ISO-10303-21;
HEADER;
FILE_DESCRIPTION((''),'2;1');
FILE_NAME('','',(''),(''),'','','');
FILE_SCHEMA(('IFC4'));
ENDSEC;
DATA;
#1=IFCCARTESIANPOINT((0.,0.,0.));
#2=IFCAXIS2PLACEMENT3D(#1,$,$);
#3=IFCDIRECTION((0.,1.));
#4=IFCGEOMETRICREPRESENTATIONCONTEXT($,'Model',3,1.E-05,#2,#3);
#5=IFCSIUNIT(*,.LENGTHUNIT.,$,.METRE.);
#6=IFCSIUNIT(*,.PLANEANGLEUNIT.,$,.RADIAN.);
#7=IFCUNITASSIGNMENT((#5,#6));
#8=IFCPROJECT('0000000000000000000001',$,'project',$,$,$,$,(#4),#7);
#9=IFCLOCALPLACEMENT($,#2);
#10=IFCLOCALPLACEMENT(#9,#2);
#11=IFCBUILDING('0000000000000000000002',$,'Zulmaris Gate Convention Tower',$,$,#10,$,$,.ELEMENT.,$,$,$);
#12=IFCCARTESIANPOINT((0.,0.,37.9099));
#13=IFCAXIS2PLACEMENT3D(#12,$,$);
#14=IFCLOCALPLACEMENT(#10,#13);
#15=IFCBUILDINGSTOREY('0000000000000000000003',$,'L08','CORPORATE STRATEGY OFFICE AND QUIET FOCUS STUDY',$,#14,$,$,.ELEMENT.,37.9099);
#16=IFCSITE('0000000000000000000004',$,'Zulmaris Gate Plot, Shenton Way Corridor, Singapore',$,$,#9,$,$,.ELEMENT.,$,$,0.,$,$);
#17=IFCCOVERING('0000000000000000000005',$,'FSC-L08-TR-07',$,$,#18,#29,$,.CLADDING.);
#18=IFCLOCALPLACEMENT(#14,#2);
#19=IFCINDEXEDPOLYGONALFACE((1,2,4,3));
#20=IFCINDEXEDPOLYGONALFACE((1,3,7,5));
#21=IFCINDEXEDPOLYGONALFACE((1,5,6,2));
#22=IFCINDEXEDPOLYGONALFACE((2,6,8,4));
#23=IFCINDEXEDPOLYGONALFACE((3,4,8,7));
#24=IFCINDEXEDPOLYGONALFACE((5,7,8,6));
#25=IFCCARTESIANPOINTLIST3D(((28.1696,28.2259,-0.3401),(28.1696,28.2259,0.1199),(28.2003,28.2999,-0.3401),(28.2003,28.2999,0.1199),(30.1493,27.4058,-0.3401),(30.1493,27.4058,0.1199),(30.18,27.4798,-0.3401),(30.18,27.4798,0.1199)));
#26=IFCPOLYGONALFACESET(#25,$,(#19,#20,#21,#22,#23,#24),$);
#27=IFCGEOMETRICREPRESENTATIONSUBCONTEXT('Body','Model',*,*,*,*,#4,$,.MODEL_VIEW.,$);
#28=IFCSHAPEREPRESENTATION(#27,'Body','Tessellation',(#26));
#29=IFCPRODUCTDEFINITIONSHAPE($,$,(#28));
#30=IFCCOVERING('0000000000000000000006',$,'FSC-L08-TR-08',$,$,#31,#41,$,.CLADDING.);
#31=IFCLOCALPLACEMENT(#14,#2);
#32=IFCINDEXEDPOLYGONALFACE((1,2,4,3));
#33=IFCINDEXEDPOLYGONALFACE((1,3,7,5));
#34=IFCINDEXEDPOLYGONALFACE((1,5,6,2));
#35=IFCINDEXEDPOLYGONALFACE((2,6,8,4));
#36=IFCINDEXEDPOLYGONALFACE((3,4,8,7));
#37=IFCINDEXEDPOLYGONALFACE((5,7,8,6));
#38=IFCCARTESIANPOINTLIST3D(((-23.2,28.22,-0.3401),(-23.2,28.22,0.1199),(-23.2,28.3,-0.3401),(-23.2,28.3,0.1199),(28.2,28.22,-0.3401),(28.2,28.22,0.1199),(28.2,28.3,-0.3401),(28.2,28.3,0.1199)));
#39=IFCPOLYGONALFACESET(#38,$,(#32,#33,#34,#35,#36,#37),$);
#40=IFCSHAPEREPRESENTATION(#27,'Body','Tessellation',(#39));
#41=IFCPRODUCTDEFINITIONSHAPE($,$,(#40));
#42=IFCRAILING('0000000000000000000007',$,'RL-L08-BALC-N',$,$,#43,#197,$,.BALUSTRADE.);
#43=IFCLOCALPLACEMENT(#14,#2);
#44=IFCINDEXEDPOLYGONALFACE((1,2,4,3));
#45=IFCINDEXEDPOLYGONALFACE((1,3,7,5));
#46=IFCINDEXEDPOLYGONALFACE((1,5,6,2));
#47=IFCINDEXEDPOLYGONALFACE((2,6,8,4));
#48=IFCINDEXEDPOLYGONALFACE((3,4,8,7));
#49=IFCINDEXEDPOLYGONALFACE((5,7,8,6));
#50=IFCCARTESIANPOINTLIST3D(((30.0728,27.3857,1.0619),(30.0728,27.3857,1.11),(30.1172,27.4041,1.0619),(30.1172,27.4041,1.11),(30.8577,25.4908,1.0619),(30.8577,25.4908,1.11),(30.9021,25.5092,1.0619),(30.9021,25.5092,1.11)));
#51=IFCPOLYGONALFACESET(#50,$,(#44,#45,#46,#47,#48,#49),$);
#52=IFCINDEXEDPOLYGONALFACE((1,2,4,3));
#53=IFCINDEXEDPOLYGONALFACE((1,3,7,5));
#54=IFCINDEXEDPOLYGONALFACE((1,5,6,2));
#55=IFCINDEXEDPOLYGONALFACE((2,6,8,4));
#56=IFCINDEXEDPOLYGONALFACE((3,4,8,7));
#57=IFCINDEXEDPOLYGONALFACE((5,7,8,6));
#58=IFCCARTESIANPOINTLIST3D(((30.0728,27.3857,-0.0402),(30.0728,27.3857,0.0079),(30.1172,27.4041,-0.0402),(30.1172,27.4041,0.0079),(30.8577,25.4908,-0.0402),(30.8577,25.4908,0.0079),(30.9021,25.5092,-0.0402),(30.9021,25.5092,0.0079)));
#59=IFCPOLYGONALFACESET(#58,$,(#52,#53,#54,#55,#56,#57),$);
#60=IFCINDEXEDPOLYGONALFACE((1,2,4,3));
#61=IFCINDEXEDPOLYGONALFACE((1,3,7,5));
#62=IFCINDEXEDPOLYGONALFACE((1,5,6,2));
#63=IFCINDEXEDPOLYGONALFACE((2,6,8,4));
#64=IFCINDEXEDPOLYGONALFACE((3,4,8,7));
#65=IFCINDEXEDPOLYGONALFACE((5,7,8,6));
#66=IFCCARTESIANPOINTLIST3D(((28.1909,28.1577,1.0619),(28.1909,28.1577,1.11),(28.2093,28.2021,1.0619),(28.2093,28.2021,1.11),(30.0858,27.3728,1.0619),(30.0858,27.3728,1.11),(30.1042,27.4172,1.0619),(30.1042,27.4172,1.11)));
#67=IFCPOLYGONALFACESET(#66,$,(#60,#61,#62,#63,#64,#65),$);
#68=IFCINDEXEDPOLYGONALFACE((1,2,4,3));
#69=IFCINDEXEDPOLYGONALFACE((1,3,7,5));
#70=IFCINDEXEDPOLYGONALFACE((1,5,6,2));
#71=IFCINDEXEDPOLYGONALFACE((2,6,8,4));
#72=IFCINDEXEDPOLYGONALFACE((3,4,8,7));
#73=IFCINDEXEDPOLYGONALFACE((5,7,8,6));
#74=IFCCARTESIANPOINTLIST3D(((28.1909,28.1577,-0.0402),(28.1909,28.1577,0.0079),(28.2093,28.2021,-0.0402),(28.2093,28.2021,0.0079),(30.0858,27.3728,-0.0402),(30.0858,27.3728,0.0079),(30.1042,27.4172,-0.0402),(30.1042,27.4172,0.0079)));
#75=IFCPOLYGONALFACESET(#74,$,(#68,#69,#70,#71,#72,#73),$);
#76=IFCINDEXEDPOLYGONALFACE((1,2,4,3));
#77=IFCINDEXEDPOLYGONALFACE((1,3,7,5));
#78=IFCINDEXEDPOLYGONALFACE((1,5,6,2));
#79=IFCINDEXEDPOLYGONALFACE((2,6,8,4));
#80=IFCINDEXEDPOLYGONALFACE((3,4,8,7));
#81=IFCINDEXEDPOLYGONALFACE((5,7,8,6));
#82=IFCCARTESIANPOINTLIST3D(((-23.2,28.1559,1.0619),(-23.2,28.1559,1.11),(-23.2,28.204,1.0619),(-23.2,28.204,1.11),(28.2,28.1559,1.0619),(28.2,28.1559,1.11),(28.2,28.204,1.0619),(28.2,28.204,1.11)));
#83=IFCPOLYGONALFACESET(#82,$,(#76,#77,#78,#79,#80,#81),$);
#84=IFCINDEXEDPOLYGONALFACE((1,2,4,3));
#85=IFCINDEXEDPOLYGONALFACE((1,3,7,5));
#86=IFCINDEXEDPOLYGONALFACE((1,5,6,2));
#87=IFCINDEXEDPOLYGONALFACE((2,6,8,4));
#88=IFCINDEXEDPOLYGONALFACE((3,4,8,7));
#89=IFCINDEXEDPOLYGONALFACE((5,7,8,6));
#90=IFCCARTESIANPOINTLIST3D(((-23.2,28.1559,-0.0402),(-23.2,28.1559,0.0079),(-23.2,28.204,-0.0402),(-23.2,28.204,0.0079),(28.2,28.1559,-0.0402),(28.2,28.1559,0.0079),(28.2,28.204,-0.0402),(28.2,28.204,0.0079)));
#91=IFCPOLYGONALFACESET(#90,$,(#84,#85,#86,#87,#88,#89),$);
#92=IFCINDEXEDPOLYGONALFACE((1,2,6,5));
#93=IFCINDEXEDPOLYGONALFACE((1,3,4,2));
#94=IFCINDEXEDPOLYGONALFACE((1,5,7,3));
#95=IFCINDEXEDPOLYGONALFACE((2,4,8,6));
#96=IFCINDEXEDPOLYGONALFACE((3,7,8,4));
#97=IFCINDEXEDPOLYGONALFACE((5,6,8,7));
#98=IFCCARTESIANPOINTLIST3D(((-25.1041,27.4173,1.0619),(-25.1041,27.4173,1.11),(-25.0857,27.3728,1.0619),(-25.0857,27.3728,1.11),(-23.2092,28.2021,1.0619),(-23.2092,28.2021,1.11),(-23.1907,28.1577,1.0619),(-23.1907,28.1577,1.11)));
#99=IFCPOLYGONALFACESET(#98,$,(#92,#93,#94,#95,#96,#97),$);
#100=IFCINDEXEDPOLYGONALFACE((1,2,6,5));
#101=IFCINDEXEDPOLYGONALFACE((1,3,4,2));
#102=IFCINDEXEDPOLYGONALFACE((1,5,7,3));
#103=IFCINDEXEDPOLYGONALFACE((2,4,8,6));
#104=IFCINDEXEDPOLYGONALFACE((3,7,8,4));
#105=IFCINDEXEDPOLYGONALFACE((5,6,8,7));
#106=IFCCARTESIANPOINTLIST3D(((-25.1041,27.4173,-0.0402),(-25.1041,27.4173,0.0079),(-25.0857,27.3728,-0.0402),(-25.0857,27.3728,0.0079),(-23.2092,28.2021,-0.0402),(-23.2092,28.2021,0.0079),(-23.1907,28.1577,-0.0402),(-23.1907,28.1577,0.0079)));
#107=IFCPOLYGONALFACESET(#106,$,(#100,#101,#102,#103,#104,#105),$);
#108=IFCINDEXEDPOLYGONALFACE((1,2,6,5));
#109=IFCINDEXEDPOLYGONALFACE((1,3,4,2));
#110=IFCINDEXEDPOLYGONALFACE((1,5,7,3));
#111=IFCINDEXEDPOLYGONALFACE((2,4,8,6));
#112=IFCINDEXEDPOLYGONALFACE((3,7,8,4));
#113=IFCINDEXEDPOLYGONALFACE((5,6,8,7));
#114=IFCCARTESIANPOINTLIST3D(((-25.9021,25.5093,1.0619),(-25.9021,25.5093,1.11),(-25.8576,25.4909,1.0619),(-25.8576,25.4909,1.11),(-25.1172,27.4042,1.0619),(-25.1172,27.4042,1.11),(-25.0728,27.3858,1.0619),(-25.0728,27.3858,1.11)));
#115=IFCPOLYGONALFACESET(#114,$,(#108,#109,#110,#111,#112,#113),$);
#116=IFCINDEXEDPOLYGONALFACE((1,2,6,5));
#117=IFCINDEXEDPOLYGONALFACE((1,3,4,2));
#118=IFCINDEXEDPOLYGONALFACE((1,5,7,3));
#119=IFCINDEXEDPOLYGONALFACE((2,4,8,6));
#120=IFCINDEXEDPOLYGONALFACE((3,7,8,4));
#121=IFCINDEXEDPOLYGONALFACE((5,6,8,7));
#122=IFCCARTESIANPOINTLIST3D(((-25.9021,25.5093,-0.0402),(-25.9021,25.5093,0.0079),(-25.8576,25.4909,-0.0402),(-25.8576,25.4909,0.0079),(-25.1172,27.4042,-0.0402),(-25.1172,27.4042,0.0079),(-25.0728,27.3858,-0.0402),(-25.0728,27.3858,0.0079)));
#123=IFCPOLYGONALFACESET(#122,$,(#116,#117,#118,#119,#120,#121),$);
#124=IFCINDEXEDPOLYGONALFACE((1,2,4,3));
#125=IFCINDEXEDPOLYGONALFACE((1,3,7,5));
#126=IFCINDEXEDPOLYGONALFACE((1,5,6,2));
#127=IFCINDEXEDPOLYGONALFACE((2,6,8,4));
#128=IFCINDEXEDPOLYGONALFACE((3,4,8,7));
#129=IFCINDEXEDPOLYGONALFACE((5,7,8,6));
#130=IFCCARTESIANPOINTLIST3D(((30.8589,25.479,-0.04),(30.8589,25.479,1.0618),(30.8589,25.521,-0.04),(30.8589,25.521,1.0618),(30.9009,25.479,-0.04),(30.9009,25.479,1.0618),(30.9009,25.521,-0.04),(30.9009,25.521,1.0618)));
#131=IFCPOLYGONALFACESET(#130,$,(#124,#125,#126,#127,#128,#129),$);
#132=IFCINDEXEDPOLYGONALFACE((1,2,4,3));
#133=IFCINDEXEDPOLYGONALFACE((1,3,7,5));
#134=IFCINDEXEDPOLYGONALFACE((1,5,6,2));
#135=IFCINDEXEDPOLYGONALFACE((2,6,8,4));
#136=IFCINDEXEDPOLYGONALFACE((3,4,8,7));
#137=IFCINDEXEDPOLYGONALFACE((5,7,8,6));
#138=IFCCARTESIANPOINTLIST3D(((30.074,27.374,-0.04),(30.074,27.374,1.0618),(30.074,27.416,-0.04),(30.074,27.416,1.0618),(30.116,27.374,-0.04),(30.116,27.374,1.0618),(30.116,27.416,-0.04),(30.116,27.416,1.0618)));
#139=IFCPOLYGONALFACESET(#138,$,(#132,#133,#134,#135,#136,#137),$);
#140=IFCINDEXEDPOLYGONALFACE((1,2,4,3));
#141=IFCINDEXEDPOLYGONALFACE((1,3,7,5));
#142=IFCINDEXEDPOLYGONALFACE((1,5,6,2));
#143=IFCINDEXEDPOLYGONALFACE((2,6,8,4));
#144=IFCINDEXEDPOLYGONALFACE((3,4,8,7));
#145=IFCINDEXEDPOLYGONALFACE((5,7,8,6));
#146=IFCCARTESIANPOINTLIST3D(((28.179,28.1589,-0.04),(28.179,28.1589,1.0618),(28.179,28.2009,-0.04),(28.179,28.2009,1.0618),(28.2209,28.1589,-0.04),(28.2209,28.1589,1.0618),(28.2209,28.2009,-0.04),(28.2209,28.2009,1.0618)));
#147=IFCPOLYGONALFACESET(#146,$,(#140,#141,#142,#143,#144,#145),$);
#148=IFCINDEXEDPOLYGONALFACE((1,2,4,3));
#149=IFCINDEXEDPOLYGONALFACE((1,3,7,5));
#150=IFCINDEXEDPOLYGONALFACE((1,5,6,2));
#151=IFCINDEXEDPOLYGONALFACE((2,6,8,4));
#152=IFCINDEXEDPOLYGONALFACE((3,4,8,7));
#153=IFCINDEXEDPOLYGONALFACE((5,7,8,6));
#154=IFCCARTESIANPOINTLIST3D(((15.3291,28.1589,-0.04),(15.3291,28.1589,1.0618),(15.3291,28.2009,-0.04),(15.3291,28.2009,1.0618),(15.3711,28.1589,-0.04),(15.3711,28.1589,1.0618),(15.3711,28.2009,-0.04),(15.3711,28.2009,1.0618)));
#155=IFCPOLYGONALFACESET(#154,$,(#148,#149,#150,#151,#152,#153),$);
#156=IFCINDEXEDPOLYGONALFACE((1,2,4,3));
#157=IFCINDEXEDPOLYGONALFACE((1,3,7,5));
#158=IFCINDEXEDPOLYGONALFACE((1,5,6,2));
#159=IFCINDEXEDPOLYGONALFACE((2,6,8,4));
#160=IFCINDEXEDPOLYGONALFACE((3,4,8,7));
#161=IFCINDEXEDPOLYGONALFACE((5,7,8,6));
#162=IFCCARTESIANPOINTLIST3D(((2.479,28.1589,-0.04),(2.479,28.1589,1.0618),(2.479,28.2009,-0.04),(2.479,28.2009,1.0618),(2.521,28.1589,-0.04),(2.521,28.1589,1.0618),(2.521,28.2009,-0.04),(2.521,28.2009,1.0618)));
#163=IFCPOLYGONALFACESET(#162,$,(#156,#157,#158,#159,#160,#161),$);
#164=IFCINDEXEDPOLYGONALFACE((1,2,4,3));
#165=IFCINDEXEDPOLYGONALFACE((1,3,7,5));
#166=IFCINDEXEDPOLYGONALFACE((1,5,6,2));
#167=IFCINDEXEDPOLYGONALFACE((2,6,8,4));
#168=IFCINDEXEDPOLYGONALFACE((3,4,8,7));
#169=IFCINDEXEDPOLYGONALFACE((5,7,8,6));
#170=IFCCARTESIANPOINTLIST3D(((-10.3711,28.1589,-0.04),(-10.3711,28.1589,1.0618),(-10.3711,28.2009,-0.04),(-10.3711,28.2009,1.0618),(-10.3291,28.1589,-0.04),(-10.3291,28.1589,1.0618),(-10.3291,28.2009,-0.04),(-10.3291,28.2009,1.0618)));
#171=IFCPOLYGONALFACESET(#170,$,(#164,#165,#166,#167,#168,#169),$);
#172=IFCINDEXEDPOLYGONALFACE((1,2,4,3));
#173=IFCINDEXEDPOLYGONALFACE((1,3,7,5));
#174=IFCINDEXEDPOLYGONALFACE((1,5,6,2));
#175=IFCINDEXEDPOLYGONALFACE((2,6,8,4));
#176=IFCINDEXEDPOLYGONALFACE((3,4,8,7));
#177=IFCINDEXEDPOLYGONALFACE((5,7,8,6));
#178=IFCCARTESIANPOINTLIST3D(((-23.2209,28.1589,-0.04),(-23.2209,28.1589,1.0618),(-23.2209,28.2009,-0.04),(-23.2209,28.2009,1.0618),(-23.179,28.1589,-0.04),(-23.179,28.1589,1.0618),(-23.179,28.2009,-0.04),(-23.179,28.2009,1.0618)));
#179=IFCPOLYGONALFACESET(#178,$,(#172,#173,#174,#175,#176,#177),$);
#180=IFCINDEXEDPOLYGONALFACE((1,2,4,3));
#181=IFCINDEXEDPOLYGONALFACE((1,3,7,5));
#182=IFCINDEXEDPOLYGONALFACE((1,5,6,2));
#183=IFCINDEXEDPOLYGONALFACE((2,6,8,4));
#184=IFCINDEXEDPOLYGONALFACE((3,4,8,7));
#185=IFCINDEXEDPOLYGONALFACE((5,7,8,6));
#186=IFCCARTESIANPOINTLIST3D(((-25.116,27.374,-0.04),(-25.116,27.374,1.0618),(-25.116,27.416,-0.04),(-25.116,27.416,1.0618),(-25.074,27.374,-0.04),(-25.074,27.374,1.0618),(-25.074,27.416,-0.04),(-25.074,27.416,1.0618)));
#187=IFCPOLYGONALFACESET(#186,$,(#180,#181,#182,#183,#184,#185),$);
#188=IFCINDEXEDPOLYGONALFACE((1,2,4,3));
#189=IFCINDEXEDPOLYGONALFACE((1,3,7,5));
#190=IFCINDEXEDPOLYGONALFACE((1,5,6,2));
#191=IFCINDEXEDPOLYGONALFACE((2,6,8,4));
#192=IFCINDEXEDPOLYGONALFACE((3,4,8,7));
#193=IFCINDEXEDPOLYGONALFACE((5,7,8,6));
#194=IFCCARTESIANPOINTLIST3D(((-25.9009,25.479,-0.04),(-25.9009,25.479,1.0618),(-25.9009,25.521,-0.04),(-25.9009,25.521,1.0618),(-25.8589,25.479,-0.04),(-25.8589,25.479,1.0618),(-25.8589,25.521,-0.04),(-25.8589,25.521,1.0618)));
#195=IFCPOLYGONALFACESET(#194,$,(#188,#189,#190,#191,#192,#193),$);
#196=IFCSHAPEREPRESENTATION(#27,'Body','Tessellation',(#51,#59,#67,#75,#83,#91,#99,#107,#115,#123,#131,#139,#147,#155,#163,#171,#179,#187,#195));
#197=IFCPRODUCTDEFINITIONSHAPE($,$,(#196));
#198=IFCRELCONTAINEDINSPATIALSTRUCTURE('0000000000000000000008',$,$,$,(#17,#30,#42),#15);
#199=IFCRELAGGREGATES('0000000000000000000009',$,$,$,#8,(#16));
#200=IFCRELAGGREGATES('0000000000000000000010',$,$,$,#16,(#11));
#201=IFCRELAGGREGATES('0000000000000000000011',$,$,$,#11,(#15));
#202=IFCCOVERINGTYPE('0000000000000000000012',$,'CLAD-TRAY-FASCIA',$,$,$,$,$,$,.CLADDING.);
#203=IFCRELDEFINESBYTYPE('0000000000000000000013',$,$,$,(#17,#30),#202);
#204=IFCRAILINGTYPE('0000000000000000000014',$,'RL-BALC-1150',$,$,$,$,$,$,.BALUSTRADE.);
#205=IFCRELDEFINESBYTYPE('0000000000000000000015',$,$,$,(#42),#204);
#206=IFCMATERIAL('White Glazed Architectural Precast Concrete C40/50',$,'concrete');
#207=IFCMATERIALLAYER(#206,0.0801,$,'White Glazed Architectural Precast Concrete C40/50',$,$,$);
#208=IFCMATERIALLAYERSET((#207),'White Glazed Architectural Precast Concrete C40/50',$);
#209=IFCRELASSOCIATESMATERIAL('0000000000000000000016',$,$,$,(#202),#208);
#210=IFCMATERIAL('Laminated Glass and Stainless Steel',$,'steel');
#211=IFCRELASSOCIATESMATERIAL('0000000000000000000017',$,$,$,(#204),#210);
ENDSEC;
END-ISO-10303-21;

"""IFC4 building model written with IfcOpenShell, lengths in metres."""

from ifc_helpers import new_model, si_unit, direction, frame, frame_2d, origin, origin_2d, place, context, subcontext, project, spatial, rectangle, extrude, material, layer, layer_set, type_object, element, save


model = new_model("IFC4")

# Units and contexts
model_context = context("Model", 3, precision=1e-05, world=origin(), true_north=direction((0.0, 1.0)))
body_context = subcontext(model_context, "Body", "Model", "MODEL_VIEW")
ifc_project = project(units=[si_unit("LENGTHUNIT", "METRE"), si_unit("PLANEANGLEUNIT", "RADIAN")], contexts=[model_context])

# Site, building, storey
site_placement = place(None, origin())
site = spatial("IfcSite", under=ifc_project, at=site_placement, Name="Zulmaris Gate Plot, Shenton Way Corridor, Singapore", CompositionType="ELEMENT", RefElevation=0.0)
building_placement = place(site_placement, origin())
building = spatial("IfcBuilding", under=site, at=building_placement, Name="Zulmaris Gate Convention Tower", CompositionType="ELEMENT")
storey_placement = place(building_placement, frame((0.0, 0.0, 37.9099)))
storey = spatial("IfcBuildingStorey", under=building, at=storey_placement, Name="L08", Description="CORPORATE STRATEGY OFFICE AND QUIET FOCUS STUDY", CompositionType="ELEMENT", Elevation=37.9099)

# Coverings
ifc_material_1 = material(Name="White Glazed Architectural Precast Concrete C40/50", Category="concrete")
ifc_layer_1 = layer(ifc_material_1, 0.0801, Name="White Glazed Architectural Precast Concrete C40/50")
ifc_layer_set_1 = layer_set([ifc_layer_1], Name="White Glazed Architectural Precast Concrete C40/50")
covering_type_1 = type_object("IfcCoveringType", Name="CLAD-TRAY-FASCIA", PredefinedType="CLADDING", material=ifc_layer_set_1)
covering_1_placement = place(storey_placement, frame((30.1646, 27.4429, -0.3401), z_axis=(0.0, 0.0, 1.0), x_axis=(-0.923874, 0.382697, 0.0)))
element("IfcCovering", 1, at=covering_1_placement, inside=storey, type_object=covering_type_1, Name="FSC-L08-TR-07", PredefinedType="CLADDING", context=body_context, shape_type="SweptSolid", body=[
    extrude(rectangle(XDim=2.1428, YDim=0.0801, at=frame_2d((1.0713, 0.0))), origin(), (0.0, 0.0, 1.0), 0.46),
])
covering_2_placement = place(storey_placement, frame((28.2, 28.26, -0.3401), z_axis=(0.0, 0.0, 1.0), x_axis=(-1.0, 0.0, 0.0)))
element("IfcCovering", 2, at=covering_2_placement, inside=storey, type_object=covering_type_1, Name="FSC-L08-TR-08", PredefinedType="CLADDING", context=body_context, shape_type="SweptSolid", body=[
    extrude(rectangle(XDim=51.3999, YDim=0.0801, at=frame_2d((25.7, 0.0))), origin(), (0.0, 0.0, 1.0), 0.46),
])

# Railing
ifc_material_2 = material(Name="Laminated Glass and Stainless Steel", Category="steel")
railing_type = type_object("IfcRailingType", Name="RL-BALC-1150", PredefinedType="BALUSTRADE", material=ifc_material_2)
railing_placement = place(storey_placement, frame((30.8799, 25.5, -0.04)))
element("IfcRailing", 3, at=railing_placement, inside=storey, type_object=railing_type, Name="RL-L08-BALC-N", PredefinedType="BALUSTRADE", context=body_context, shape_type="SweptSolid", body=[
    extrude(rectangle(XDim=0.0481, YDim=0.0481, at=origin_2d()), frame((0.0, 0.0, 1.126), z_axis=(-0.382671, 0.923885, 0.0), x_axis=(-0.923885, -0.382671, 0.0)), (0.0, 0.0, 1.0), 2.051),
    extrude(rectangle(XDim=0.0481, YDim=0.0481, at=origin_2d()), frame((0.0, 0.0, 0.0239), z_axis=(-0.382671, 0.923885, 0.0), x_axis=(-0.923885, -0.382671, 0.0)), (0.0, 0.0, 1.0), 2.051),
    extrude(rectangle(XDim=0.0481, YDim=0.0481, at=origin_2d()), frame((-0.7849, 1.895, 1.126), z_axis=(-0.923885, 0.382671, 0.0), x_axis=(-0.382671, -0.923885, 0.0)), (0.0, 0.0, 1.0), 2.051),
    extrude(rectangle(XDim=0.0481, YDim=0.0481, at=origin_2d()), frame((-0.7849, 1.895, 0.0239), z_axis=(-0.923885, 0.382671, 0.0), x_axis=(-0.382671, -0.923885, 0.0)), (0.0, 0.0, 1.0), 2.051),
    extrude(rectangle(XDim=0.0481, YDim=0.0481, at=origin_2d()), frame((-2.6799, 2.6799, 1.126), z_axis=(-1.0, 0.0, 0.0), x_axis=(0.0, -1.0, 0.0)), (0.0, 0.0, 1.0), 51.3999),
    extrude(rectangle(XDim=0.0481, YDim=0.0481, at=origin_2d()), frame((-2.6799, 2.6799, 0.0239), z_axis=(-1.0, 0.0, 0.0), x_axis=(0.0, -1.0, 0.0)), (0.0, 0.0, 1.0), 51.3999),
    extrude(rectangle(XDim=0.0481, YDim=0.0481, at=origin_2d()), frame((-54.0798, 2.6799, 1.126), z_axis=(-0.923885, -0.382671, 0.0), x_axis=(0.382671, -0.923885, 0.0)), (0.0, 0.0, 1.0), 2.051),
    extrude(rectangle(XDim=0.0481, YDim=0.0481, at=origin_2d()), frame((-54.0798, 2.6799, 0.0239), z_axis=(-0.923885, -0.382671, 0.0), x_axis=(0.382671, -0.923885, 0.0)), (0.0, 0.0, 1.0), 2.051),
    extrude(rectangle(XDim=0.0481, YDim=0.0481, at=origin_2d()), frame((-55.9749, 1.895, 1.126), z_axis=(-0.382671, -0.923885, 0.0), x_axis=(0.923885, -0.382671, 0.0)), (0.0, 0.0, 1.0), 2.051),
    extrude(rectangle(XDim=0.0481, YDim=0.0481, at=origin_2d()), frame((-55.9749, 1.895, 0.0239), z_axis=(-0.382671, -0.923885, 0.0), x_axis=(0.923885, -0.382671, 0.0)), (0.0, 0.0, 1.0), 2.051),
    extrude(rectangle(XDim=0.042, YDim=0.042, at=origin_2d()), origin(), (0.0, 0.0, 1.0), 1.1018),
    extrude(rectangle(XDim=0.042, YDim=0.042, at=origin_2d()), frame((-0.7849, 1.895, 0.0)), (0.0, 0.0, 1.0), 1.1018),
    extrude(rectangle(XDim=0.042, YDim=0.042, at=origin_2d()), frame((-2.6799, 2.6799, 0.0)), (0.0, 0.0, 1.0), 1.1018),
    extrude(rectangle(XDim=0.042, YDim=0.042, at=origin_2d()), frame((-15.5298, 2.6799, 0.0)), (0.0, 0.0, 1.0), 1.1018),
    extrude(rectangle(XDim=0.042, YDim=0.042, at=origin_2d()), frame((-28.3799, 2.6799, 0.0)), (0.0, 0.0, 1.0), 1.1018),
    extrude(rectangle(XDim=0.042, YDim=0.042, at=origin_2d()), frame((-41.23, 2.6799, 0.0)), (0.0, 0.0, 1.0), 1.1018),
    extrude(rectangle(XDim=0.042, YDim=0.042, at=origin_2d()), frame((-54.0798, 2.6799, 0.0)), (0.0, 0.0, 1.0), 1.1018),
    extrude(rectangle(XDim=0.042, YDim=0.042, at=origin_2d()), frame((-55.9749, 1.895, 0.0)), (0.0, 0.0, 1.0), 1.1018),
    extrude(rectangle(XDim=0.042, YDim=0.042, at=origin_2d()), frame((-56.7598, 0.0, 0.0)), (0.0, 0.0, 1.0), 1.1018),
])

save(model, "model.ifc")
